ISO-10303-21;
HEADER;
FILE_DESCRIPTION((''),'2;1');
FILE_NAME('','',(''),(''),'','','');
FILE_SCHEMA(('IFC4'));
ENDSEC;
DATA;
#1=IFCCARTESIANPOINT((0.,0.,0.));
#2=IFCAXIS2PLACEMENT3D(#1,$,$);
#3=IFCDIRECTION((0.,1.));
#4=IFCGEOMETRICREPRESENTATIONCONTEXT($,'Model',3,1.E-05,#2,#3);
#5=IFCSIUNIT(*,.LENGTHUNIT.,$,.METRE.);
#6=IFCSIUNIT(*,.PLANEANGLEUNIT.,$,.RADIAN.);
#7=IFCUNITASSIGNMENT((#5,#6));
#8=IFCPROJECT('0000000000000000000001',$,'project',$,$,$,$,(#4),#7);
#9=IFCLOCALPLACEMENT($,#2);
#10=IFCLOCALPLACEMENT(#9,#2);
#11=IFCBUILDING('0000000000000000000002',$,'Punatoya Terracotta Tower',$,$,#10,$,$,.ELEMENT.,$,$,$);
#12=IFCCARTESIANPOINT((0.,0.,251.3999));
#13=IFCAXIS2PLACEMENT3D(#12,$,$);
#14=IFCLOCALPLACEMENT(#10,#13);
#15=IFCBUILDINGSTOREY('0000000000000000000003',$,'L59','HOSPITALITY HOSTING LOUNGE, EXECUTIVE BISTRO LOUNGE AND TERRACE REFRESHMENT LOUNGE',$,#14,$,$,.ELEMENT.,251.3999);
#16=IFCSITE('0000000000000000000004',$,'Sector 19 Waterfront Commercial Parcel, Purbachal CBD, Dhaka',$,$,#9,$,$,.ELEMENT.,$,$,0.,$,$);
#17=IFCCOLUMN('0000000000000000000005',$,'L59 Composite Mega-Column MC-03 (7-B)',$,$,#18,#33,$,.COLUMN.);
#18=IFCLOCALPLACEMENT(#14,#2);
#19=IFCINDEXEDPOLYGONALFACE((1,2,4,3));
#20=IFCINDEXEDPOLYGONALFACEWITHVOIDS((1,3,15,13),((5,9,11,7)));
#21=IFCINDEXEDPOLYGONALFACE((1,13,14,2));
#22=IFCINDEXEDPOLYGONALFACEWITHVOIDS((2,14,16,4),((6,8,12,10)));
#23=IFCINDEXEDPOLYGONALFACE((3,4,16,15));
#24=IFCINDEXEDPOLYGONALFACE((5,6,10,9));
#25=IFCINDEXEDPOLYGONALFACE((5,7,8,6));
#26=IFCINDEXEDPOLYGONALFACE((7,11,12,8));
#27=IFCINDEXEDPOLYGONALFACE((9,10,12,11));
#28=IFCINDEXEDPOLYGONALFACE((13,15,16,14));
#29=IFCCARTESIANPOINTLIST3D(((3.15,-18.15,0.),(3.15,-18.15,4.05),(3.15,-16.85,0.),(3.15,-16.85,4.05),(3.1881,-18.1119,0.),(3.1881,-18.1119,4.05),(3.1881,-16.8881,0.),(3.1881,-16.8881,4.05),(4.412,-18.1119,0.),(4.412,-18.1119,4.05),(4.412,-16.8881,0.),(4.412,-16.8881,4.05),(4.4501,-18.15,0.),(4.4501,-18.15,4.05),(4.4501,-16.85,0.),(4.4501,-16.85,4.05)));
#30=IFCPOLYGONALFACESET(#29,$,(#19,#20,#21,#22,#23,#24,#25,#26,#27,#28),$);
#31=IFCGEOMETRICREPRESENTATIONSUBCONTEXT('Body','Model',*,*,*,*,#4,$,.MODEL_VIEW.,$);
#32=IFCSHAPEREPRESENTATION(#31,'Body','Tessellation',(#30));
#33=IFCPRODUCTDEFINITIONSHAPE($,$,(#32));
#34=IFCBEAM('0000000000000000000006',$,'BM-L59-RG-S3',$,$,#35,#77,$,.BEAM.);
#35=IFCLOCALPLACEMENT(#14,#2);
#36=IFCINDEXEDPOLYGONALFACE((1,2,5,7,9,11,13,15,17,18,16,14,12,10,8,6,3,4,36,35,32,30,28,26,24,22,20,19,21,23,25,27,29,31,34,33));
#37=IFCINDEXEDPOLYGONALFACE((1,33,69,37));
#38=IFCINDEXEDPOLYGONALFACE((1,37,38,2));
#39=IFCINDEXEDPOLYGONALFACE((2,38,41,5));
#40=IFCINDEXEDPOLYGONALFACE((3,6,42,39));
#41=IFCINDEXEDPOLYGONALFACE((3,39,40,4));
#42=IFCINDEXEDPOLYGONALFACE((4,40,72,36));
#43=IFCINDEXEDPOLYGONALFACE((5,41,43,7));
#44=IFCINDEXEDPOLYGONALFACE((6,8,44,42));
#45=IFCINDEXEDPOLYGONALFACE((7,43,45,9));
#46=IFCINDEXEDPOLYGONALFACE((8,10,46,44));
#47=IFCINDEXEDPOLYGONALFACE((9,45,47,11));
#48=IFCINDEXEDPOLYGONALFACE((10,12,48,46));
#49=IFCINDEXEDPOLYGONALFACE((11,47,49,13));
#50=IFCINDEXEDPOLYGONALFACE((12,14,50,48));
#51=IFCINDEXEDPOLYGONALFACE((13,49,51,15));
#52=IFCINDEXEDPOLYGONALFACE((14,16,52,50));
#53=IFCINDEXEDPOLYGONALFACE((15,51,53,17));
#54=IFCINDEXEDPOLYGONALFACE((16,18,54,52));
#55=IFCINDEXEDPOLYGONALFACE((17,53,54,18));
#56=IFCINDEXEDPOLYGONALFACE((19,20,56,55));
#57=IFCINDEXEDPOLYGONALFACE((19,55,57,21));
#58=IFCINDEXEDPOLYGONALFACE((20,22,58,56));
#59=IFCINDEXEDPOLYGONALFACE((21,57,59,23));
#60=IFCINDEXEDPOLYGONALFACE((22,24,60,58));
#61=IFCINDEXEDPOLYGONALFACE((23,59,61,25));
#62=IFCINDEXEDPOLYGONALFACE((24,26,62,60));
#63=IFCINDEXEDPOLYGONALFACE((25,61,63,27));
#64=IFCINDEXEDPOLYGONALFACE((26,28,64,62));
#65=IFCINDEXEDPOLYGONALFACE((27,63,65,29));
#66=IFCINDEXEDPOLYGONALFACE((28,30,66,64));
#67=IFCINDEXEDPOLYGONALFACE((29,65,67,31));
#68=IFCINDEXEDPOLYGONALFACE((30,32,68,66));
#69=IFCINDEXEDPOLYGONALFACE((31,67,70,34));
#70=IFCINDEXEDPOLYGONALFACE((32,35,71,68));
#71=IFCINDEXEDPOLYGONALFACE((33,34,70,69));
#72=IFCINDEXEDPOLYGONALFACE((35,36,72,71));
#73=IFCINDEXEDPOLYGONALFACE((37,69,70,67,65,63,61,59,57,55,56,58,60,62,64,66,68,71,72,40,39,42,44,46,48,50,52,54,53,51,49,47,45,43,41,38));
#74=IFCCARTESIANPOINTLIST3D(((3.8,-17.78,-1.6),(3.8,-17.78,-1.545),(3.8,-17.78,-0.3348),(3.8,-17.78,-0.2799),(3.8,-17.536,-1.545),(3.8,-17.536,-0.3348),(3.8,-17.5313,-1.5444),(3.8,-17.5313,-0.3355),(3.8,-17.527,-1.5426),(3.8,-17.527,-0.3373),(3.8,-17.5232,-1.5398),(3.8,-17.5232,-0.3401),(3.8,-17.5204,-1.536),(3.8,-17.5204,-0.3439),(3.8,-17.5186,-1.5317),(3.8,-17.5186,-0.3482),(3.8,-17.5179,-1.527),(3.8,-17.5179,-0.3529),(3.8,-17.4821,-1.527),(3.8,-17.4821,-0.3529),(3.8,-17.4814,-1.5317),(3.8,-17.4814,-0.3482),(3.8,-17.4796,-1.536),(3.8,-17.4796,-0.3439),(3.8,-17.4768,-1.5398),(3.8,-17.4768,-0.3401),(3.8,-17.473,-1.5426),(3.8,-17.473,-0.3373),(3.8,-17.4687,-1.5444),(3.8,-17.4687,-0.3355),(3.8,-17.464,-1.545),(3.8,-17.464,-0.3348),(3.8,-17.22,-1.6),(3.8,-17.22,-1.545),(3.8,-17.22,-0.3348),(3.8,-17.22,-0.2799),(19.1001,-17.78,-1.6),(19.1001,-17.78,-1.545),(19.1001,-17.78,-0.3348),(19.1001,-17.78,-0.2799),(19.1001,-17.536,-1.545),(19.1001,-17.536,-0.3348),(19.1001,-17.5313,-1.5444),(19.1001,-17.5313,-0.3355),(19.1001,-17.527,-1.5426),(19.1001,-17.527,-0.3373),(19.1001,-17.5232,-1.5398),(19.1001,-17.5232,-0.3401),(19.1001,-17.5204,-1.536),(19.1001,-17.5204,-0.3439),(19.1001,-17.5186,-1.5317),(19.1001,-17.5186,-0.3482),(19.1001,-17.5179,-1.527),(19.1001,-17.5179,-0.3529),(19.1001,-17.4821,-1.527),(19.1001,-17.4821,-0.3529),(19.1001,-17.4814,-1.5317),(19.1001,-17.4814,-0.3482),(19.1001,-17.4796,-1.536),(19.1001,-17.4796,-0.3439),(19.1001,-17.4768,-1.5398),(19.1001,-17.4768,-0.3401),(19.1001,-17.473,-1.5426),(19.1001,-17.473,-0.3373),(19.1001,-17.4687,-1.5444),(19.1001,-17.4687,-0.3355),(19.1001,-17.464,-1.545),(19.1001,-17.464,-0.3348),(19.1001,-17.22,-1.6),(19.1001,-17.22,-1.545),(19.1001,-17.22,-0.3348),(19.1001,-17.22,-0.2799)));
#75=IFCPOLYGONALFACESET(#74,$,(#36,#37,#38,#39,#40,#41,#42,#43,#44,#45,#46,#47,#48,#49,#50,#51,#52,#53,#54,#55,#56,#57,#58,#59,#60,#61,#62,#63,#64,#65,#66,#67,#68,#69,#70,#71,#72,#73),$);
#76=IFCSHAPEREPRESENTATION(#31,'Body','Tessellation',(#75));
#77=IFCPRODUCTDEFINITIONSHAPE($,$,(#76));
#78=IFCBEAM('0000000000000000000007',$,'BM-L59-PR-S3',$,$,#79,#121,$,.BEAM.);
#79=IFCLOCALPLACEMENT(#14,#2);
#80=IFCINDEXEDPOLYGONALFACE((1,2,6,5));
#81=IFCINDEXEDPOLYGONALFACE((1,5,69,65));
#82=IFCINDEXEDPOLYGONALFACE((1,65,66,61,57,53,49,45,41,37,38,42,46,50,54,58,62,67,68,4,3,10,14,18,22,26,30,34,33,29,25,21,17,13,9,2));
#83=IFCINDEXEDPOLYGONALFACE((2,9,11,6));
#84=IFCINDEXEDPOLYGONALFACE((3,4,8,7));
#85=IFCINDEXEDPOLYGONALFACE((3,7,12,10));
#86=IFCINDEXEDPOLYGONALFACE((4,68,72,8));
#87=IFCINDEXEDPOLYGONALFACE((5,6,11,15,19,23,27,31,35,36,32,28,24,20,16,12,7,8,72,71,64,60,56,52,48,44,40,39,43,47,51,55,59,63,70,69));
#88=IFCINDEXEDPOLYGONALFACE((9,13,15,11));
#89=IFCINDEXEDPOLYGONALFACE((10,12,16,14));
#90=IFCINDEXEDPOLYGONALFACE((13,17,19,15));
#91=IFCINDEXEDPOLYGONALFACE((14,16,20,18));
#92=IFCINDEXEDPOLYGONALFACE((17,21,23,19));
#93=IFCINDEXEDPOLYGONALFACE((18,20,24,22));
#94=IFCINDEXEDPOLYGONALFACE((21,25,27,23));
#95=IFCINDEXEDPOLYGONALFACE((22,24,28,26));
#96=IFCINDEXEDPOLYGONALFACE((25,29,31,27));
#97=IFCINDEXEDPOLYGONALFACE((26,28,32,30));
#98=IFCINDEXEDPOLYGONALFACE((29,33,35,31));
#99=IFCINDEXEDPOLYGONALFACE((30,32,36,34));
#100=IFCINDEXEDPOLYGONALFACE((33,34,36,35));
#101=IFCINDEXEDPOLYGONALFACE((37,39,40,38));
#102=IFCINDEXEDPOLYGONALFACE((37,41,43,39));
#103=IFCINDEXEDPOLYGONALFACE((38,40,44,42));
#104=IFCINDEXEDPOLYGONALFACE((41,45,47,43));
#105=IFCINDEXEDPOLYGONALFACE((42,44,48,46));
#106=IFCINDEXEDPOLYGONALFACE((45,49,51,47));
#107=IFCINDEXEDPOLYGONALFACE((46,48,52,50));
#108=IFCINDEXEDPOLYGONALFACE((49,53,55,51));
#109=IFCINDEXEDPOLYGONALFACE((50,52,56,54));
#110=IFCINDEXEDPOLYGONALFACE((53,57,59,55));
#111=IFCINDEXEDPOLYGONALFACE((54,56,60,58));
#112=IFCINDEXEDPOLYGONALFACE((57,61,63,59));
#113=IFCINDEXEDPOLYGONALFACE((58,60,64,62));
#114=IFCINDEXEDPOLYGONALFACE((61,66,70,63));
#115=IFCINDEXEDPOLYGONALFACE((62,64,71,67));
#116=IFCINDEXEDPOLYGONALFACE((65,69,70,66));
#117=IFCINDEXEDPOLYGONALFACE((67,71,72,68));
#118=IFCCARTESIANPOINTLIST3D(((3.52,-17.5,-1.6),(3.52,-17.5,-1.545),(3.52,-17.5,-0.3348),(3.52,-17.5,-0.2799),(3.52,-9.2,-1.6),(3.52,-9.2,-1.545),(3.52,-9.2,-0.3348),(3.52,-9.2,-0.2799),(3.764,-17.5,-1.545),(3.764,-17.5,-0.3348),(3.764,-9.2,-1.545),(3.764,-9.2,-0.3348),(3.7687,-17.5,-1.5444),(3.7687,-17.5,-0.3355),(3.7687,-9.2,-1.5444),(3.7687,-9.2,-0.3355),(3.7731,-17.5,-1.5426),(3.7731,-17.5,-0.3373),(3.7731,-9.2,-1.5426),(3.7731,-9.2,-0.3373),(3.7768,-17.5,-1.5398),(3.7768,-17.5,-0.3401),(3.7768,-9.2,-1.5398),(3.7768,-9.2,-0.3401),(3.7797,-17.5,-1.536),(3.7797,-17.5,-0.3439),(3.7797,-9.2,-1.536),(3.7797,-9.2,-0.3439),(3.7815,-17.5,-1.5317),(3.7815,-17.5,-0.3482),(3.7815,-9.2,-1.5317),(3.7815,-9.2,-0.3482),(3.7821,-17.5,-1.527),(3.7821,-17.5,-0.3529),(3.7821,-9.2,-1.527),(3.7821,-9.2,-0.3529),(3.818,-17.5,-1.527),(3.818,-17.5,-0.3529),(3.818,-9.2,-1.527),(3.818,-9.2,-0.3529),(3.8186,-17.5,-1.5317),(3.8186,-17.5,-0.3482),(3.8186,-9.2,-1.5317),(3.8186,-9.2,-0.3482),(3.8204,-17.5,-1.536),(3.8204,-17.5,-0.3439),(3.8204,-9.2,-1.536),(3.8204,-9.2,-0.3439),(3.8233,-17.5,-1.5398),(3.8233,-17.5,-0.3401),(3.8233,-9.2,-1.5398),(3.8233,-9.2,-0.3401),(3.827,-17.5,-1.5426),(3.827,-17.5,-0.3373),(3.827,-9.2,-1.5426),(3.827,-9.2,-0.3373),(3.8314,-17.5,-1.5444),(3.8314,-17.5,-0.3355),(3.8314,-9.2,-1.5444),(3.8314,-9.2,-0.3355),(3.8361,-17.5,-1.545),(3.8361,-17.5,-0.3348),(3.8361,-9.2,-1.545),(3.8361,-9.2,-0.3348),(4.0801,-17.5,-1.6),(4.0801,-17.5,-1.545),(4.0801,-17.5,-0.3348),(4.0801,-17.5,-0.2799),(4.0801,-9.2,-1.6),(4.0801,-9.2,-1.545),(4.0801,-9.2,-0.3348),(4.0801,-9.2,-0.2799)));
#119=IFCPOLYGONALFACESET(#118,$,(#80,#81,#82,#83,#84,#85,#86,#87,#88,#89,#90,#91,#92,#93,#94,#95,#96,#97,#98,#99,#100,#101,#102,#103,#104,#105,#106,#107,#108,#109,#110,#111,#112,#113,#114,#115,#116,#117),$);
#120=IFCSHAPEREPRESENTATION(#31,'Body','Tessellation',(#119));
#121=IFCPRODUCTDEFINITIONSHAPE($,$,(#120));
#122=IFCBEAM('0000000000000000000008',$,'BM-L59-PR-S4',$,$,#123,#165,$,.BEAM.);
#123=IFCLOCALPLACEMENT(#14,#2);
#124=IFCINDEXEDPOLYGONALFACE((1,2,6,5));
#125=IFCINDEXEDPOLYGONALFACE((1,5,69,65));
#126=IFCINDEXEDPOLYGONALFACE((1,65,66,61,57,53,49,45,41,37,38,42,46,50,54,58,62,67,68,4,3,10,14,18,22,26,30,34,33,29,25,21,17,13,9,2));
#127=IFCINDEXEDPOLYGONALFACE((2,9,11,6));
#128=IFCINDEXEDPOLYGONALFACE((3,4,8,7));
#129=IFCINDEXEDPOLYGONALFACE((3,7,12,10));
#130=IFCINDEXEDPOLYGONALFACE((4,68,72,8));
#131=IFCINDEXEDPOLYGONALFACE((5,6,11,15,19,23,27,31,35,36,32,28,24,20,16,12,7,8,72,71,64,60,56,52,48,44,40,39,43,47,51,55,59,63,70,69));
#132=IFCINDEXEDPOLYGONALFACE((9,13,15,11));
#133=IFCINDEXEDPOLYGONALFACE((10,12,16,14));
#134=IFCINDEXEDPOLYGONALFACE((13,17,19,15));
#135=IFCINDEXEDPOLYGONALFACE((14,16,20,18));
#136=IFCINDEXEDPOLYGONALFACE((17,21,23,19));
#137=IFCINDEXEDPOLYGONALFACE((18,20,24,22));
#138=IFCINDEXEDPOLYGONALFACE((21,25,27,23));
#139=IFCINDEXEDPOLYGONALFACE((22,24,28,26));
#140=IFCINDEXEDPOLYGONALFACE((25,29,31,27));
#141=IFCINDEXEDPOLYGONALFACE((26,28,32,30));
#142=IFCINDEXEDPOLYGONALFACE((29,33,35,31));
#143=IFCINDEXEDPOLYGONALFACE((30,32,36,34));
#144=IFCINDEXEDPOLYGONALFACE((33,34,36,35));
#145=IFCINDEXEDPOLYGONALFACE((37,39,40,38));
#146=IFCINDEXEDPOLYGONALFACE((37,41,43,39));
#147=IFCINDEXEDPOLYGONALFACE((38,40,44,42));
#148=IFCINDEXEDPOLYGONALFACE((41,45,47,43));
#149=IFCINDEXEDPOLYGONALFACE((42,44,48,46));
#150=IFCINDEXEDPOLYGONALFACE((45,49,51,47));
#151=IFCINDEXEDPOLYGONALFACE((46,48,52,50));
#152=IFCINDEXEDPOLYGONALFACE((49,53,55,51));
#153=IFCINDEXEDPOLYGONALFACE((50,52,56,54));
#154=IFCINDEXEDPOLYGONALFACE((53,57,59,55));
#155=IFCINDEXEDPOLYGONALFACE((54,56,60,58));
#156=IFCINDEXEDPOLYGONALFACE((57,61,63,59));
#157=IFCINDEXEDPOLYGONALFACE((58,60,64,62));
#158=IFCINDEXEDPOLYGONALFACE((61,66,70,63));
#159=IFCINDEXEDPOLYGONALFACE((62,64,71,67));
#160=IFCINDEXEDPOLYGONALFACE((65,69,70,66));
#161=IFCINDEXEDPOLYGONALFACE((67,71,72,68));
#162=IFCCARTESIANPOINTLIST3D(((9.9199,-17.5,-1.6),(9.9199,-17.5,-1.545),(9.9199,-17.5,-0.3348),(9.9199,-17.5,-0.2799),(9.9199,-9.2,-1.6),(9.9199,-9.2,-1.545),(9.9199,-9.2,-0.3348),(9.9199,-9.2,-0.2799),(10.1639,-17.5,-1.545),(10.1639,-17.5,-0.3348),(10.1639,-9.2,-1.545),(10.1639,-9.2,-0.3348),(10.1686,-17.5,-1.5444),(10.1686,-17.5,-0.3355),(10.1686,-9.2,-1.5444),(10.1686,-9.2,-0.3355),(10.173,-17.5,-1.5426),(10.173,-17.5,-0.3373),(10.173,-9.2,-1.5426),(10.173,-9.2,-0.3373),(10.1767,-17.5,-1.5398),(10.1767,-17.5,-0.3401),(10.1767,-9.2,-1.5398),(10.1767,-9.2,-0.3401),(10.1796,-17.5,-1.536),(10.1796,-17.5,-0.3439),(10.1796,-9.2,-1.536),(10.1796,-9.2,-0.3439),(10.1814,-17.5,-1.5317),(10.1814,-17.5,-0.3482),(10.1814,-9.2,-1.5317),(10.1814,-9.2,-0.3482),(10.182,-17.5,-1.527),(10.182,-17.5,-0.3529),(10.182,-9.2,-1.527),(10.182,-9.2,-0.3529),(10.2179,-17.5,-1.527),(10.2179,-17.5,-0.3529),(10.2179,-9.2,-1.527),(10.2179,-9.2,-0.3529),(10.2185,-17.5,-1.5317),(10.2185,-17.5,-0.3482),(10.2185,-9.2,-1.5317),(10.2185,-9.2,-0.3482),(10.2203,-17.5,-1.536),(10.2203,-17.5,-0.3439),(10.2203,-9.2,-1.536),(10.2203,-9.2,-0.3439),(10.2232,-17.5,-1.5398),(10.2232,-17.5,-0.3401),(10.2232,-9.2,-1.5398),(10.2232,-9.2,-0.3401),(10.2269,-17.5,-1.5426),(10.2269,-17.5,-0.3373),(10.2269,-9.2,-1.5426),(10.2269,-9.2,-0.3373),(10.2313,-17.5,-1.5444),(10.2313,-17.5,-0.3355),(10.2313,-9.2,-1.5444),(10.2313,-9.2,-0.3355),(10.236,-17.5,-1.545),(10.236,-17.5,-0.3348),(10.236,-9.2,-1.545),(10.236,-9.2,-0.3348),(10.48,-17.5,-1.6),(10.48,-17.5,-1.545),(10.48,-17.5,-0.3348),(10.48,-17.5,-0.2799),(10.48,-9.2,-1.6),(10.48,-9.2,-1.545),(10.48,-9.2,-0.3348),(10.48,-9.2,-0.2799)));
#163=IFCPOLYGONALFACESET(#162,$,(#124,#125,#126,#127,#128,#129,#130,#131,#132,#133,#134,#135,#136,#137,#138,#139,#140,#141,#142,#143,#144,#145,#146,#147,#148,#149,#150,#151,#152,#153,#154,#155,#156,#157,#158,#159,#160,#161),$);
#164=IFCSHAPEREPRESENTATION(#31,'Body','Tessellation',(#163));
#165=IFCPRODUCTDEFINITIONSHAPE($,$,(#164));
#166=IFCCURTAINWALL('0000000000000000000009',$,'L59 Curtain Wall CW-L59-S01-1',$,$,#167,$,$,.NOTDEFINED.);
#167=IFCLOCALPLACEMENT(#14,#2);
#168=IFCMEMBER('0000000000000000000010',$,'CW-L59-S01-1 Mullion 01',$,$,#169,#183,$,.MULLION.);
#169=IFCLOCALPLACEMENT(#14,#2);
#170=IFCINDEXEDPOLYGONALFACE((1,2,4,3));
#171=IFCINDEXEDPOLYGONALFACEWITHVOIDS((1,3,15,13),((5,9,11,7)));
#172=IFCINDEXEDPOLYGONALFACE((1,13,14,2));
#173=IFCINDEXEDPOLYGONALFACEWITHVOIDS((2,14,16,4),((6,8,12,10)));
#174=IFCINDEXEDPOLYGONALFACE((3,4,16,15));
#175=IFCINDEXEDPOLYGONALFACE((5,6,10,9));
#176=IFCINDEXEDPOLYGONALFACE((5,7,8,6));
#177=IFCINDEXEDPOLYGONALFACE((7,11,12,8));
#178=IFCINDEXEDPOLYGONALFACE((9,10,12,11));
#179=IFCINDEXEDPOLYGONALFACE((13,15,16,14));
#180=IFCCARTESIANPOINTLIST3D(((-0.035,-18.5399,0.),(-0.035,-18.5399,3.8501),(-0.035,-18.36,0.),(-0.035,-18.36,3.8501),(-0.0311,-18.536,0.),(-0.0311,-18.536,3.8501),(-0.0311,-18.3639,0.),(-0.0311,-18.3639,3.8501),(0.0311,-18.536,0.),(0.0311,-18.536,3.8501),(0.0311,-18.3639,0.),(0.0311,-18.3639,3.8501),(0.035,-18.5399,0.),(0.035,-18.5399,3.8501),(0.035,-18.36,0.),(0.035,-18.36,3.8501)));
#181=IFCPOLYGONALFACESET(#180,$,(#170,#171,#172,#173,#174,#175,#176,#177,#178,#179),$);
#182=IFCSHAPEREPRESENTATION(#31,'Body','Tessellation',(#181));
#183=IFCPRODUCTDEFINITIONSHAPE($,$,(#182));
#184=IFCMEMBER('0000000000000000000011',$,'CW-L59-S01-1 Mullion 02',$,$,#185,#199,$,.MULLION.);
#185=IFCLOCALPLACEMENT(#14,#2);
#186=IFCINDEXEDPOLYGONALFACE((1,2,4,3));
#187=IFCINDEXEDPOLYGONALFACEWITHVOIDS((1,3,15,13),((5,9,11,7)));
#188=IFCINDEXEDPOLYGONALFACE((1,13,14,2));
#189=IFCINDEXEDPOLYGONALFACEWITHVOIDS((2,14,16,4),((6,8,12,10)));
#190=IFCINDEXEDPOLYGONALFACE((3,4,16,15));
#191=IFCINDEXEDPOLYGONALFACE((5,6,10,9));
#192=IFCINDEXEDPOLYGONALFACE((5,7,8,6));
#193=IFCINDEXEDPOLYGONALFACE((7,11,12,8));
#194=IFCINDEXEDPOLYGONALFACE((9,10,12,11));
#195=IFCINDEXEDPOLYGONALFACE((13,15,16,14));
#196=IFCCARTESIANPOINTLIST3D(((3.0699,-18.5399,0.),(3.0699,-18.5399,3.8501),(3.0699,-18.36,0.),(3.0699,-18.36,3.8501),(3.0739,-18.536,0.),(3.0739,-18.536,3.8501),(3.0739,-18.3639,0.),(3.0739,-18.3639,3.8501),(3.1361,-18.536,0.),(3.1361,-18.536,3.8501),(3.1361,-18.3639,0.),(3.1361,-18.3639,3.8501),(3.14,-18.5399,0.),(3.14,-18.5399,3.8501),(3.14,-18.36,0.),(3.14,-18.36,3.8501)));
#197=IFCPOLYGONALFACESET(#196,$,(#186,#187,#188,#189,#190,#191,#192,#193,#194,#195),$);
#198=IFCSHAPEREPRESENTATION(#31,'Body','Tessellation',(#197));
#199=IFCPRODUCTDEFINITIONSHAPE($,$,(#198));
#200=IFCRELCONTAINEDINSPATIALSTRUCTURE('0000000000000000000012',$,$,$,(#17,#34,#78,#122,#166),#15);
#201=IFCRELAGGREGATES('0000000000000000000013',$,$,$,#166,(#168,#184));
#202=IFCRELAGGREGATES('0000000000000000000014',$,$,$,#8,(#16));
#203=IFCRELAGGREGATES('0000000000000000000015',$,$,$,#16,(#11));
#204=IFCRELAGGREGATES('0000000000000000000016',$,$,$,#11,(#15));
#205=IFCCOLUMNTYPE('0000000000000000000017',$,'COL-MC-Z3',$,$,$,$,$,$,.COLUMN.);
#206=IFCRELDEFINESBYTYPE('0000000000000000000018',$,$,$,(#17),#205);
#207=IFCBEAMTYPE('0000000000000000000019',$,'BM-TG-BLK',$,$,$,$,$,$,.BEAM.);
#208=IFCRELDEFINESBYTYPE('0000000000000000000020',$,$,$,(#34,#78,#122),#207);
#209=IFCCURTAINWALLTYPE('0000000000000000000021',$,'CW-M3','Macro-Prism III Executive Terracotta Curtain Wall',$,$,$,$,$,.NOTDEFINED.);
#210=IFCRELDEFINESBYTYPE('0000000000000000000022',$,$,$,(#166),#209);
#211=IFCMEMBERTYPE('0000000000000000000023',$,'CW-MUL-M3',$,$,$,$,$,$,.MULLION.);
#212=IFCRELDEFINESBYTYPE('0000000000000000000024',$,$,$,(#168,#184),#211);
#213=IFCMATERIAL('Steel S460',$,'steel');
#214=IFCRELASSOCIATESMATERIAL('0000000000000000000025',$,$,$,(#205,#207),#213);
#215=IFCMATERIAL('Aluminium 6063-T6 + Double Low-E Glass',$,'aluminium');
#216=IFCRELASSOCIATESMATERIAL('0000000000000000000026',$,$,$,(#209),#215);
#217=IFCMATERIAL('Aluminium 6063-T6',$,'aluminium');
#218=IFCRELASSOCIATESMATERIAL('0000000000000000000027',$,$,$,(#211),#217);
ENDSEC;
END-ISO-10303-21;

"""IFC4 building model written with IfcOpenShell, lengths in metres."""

from ifc_helpers import new_model, si_unit, direction, frame, origin, origin_2d, place, context, subcontext, project, spatial, hollow_rectangle, i_section, extrude, material, material_profile, profile_set, type_object, element, aggregate, save


model = new_model("IFC4")

# Units and contexts
model_context = context("Model", 3, precision=1e-05, world=origin(), true_north=direction((0.0, 1.0)))
body_context = subcontext(model_context, "Body", "Model", "MODEL_VIEW")
ifc_project = project(units=[si_unit("LENGTHUNIT", "METRE"), si_unit("PLANEANGLEUNIT", "RADIAN")], contexts=[model_context])

# Site, building, storey
site_placement = place(None, origin())
site = spatial("IfcSite", under=ifc_project, at=site_placement, Name="Sector 19 Waterfront Commercial Parcel, Purbachal CBD, Dhaka", CompositionType="ELEMENT", RefElevation=0.0)
building_placement = place(site_placement, origin())
building = spatial("IfcBuilding", under=site, at=building_placement, Name="Punatoya Terracotta Tower", CompositionType="ELEMENT")
storey_placement = place(building_placement, frame((0.0, 0.0, 251.3999)))
storey = spatial("IfcBuildingStorey", under=building, at=storey_placement, Name="L59", Description="HOSPITALITY HOSTING LOUNGE, EXECUTIVE BISTRO LOUNGE AND TERRACE REFRESHMENT LOUNGE", CompositionType="ELEMENT", Elevation=251.3999)

# Column
ifc_material_1 = material(Name="Steel S460", Category="steel")
ifc_material_profile_1 = material_profile(ifc_material_1, hollow_rectangle(XDim=1.3, YDim=1.3, WallThickness=0.0381, at=origin_2d()))
ifc_profile_set_1 = profile_set([ifc_material_profile_1], Name="Steel S460")
column_type = type_object("IfcColumnType", Name="COL-MC-Z3", PredefinedType="COLUMN", material=ifc_profile_set_1)
column_placement = place(storey_placement, frame((3.8, -17.5, 0.0), z_axis=(0.0, 0.0, 1.0), x_axis=(1.0, 0.0, 0.0)))
element("IfcColumn", 1, at=column_placement, inside=storey, type_object=column_type, Name="L59 Composite Mega-Column MC-03 (7-B)", PredefinedType="COLUMN", context=body_context, shape_type="SweptSolid", body=[
    extrude(hollow_rectangle(XDim=1.3, YDim=1.3, WallThickness=0.0381, at=origin_2d()), origin(), (0.0, 0.0, 1.0), 4.05),
])

# Beams
ifc_material_profile_2 = material_profile(ifc_material_1, i_section(OverallWidth=0.5601, OverallDepth=1.3201, WebThickness=0.0359, FlangeThickness=0.0549, FilletRadius=0.0181, at=origin_2d()))
ifc_profile_set_2 = profile_set([ifc_material_profile_2], Name="Steel S460")
beam_type = type_object("IfcBeamType", Name="BM-TG-BLK", PredefinedType="BEAM", material=ifc_profile_set_2)
beam_placement = place(storey_placement, frame((3.8, -17.5, -0.9399), z_axis=(1.0, 0.0, 0.0), x_axis=(0.0, 1.0, 0.0)))
element("IfcBeam", 2, at=beam_placement, inside=storey, type_object=beam_type, Name="BM-L59-RG-S3", PredefinedType="BEAM", context=body_context, shape_type="SweptSolid", body=[
    extrude(i_section(OverallWidth=0.5601, OverallDepth=1.3201, WebThickness=0.0359, FlangeThickness=0.0549, FilletRadius=0.0181, at=origin_2d()), origin(), (0.0, 0.0, 1.0), 15.3),
])
for number, where, z_axis, x_axis, name in (
    (3, (3.8, -17.5, -0.9399), (0.0, 1.0, 0.0), (-1.0, 0.0, 0.0), "BM-L59-PR-S3"),
    (4, (10.2, -17.5, -0.9399), (0.0, 1.0, 0.0), (-1.0, 0.0, 0.0), "BM-L59-PR-S4"),
):
    element("IfcBeam", number, at=place(storey_placement, frame(where, z_axis=z_axis, x_axis=x_axis)), inside=storey, type_object=beam_type, Name=name, PredefinedType="BEAM", context=body_context, shape_type="SweptSolid", body=[
        extrude(i_section(OverallWidth=0.5601, OverallDepth=1.3201, WebThickness=0.0359, FlangeThickness=0.0549, FilletRadius=0.0181, at=origin_2d()), origin(), (0.0, 0.0, 1.0), 8.3),
    ])

# Curtain wall, members
ifc_material_2 = material(Name="Aluminium 6063-T6 + Double Low-E Glass", Category="aluminium")
curtain_wall_type = type_object("IfcCurtainWallType", Name="CW-M3", Description="Macro-Prism III Executive Terracotta Curtain Wall", PredefinedType="NOTDEFINED", material=ifc_material_2)
curtain_wall_placement = place(storey_placement, origin())
curtain_wall = element("IfcCurtainWall", 5, at=curtain_wall_placement, inside=storey, type_object=curtain_wall_type, Name="L59 Curtain Wall CW-L59-S01-1", PredefinedType="NOTDEFINED")
ifc_material_3 = material(Name="Aluminium 6063-T6", Category="aluminium")
ifc_material_profile_3 = material_profile(ifc_material_3, hollow_rectangle(XDim=0.0701, YDim=0.1799, WallThickness=0.0039, at=origin_2d()))
ifc_profile_set_3 = profile_set([ifc_material_profile_3], Name="Aluminium 6063-T6")
member_type_1 = type_object("IfcMemberType", Name="CW-MUL-M3", PredefinedType="MULLION", material=ifc_profile_set_3)
member_1_placement = place(storey_placement, frame((0.0, -18.45, 0.0), z_axis=(0.0, 0.0, 1.0), x_axis=(1.0, 0.0, 0.0)))
member_1 = element("IfcMember", 6, at=member_1_placement, type_object=member_type_1, Name="CW-L59-S01-1 Mullion 01", PredefinedType="MULLION", context=body_context, shape_type="SweptSolid", body=[
    extrude(hollow_rectangle(XDim=0.0701, YDim=0.1799, WallThickness=0.0039, at=origin_2d()), origin(), (0.0, 0.0, 1.0), 3.8501),
])
member_2_placement = place(storey_placement, frame((3.105, -18.45, 0.0), z_axis=(0.0, 0.0, 1.0), x_axis=(1.0, 0.0, 0.0)))
member_2 = element("IfcMember", 7, at=member_2_placement, type_object=member_type_1, Name="CW-L59-S01-1 Mullion 02", PredefinedType="MULLION", context=body_context, shape_type="SweptSolid", body=[
    extrude(hollow_rectangle(XDim=0.0701, YDim=0.1799, WallThickness=0.0039, at=origin_2d()), origin(), (0.0, 0.0, 1.0), 3.8501),
])

aggregate(curtain_wall, [member_1, member_2])

save(model, "model.ifc")
